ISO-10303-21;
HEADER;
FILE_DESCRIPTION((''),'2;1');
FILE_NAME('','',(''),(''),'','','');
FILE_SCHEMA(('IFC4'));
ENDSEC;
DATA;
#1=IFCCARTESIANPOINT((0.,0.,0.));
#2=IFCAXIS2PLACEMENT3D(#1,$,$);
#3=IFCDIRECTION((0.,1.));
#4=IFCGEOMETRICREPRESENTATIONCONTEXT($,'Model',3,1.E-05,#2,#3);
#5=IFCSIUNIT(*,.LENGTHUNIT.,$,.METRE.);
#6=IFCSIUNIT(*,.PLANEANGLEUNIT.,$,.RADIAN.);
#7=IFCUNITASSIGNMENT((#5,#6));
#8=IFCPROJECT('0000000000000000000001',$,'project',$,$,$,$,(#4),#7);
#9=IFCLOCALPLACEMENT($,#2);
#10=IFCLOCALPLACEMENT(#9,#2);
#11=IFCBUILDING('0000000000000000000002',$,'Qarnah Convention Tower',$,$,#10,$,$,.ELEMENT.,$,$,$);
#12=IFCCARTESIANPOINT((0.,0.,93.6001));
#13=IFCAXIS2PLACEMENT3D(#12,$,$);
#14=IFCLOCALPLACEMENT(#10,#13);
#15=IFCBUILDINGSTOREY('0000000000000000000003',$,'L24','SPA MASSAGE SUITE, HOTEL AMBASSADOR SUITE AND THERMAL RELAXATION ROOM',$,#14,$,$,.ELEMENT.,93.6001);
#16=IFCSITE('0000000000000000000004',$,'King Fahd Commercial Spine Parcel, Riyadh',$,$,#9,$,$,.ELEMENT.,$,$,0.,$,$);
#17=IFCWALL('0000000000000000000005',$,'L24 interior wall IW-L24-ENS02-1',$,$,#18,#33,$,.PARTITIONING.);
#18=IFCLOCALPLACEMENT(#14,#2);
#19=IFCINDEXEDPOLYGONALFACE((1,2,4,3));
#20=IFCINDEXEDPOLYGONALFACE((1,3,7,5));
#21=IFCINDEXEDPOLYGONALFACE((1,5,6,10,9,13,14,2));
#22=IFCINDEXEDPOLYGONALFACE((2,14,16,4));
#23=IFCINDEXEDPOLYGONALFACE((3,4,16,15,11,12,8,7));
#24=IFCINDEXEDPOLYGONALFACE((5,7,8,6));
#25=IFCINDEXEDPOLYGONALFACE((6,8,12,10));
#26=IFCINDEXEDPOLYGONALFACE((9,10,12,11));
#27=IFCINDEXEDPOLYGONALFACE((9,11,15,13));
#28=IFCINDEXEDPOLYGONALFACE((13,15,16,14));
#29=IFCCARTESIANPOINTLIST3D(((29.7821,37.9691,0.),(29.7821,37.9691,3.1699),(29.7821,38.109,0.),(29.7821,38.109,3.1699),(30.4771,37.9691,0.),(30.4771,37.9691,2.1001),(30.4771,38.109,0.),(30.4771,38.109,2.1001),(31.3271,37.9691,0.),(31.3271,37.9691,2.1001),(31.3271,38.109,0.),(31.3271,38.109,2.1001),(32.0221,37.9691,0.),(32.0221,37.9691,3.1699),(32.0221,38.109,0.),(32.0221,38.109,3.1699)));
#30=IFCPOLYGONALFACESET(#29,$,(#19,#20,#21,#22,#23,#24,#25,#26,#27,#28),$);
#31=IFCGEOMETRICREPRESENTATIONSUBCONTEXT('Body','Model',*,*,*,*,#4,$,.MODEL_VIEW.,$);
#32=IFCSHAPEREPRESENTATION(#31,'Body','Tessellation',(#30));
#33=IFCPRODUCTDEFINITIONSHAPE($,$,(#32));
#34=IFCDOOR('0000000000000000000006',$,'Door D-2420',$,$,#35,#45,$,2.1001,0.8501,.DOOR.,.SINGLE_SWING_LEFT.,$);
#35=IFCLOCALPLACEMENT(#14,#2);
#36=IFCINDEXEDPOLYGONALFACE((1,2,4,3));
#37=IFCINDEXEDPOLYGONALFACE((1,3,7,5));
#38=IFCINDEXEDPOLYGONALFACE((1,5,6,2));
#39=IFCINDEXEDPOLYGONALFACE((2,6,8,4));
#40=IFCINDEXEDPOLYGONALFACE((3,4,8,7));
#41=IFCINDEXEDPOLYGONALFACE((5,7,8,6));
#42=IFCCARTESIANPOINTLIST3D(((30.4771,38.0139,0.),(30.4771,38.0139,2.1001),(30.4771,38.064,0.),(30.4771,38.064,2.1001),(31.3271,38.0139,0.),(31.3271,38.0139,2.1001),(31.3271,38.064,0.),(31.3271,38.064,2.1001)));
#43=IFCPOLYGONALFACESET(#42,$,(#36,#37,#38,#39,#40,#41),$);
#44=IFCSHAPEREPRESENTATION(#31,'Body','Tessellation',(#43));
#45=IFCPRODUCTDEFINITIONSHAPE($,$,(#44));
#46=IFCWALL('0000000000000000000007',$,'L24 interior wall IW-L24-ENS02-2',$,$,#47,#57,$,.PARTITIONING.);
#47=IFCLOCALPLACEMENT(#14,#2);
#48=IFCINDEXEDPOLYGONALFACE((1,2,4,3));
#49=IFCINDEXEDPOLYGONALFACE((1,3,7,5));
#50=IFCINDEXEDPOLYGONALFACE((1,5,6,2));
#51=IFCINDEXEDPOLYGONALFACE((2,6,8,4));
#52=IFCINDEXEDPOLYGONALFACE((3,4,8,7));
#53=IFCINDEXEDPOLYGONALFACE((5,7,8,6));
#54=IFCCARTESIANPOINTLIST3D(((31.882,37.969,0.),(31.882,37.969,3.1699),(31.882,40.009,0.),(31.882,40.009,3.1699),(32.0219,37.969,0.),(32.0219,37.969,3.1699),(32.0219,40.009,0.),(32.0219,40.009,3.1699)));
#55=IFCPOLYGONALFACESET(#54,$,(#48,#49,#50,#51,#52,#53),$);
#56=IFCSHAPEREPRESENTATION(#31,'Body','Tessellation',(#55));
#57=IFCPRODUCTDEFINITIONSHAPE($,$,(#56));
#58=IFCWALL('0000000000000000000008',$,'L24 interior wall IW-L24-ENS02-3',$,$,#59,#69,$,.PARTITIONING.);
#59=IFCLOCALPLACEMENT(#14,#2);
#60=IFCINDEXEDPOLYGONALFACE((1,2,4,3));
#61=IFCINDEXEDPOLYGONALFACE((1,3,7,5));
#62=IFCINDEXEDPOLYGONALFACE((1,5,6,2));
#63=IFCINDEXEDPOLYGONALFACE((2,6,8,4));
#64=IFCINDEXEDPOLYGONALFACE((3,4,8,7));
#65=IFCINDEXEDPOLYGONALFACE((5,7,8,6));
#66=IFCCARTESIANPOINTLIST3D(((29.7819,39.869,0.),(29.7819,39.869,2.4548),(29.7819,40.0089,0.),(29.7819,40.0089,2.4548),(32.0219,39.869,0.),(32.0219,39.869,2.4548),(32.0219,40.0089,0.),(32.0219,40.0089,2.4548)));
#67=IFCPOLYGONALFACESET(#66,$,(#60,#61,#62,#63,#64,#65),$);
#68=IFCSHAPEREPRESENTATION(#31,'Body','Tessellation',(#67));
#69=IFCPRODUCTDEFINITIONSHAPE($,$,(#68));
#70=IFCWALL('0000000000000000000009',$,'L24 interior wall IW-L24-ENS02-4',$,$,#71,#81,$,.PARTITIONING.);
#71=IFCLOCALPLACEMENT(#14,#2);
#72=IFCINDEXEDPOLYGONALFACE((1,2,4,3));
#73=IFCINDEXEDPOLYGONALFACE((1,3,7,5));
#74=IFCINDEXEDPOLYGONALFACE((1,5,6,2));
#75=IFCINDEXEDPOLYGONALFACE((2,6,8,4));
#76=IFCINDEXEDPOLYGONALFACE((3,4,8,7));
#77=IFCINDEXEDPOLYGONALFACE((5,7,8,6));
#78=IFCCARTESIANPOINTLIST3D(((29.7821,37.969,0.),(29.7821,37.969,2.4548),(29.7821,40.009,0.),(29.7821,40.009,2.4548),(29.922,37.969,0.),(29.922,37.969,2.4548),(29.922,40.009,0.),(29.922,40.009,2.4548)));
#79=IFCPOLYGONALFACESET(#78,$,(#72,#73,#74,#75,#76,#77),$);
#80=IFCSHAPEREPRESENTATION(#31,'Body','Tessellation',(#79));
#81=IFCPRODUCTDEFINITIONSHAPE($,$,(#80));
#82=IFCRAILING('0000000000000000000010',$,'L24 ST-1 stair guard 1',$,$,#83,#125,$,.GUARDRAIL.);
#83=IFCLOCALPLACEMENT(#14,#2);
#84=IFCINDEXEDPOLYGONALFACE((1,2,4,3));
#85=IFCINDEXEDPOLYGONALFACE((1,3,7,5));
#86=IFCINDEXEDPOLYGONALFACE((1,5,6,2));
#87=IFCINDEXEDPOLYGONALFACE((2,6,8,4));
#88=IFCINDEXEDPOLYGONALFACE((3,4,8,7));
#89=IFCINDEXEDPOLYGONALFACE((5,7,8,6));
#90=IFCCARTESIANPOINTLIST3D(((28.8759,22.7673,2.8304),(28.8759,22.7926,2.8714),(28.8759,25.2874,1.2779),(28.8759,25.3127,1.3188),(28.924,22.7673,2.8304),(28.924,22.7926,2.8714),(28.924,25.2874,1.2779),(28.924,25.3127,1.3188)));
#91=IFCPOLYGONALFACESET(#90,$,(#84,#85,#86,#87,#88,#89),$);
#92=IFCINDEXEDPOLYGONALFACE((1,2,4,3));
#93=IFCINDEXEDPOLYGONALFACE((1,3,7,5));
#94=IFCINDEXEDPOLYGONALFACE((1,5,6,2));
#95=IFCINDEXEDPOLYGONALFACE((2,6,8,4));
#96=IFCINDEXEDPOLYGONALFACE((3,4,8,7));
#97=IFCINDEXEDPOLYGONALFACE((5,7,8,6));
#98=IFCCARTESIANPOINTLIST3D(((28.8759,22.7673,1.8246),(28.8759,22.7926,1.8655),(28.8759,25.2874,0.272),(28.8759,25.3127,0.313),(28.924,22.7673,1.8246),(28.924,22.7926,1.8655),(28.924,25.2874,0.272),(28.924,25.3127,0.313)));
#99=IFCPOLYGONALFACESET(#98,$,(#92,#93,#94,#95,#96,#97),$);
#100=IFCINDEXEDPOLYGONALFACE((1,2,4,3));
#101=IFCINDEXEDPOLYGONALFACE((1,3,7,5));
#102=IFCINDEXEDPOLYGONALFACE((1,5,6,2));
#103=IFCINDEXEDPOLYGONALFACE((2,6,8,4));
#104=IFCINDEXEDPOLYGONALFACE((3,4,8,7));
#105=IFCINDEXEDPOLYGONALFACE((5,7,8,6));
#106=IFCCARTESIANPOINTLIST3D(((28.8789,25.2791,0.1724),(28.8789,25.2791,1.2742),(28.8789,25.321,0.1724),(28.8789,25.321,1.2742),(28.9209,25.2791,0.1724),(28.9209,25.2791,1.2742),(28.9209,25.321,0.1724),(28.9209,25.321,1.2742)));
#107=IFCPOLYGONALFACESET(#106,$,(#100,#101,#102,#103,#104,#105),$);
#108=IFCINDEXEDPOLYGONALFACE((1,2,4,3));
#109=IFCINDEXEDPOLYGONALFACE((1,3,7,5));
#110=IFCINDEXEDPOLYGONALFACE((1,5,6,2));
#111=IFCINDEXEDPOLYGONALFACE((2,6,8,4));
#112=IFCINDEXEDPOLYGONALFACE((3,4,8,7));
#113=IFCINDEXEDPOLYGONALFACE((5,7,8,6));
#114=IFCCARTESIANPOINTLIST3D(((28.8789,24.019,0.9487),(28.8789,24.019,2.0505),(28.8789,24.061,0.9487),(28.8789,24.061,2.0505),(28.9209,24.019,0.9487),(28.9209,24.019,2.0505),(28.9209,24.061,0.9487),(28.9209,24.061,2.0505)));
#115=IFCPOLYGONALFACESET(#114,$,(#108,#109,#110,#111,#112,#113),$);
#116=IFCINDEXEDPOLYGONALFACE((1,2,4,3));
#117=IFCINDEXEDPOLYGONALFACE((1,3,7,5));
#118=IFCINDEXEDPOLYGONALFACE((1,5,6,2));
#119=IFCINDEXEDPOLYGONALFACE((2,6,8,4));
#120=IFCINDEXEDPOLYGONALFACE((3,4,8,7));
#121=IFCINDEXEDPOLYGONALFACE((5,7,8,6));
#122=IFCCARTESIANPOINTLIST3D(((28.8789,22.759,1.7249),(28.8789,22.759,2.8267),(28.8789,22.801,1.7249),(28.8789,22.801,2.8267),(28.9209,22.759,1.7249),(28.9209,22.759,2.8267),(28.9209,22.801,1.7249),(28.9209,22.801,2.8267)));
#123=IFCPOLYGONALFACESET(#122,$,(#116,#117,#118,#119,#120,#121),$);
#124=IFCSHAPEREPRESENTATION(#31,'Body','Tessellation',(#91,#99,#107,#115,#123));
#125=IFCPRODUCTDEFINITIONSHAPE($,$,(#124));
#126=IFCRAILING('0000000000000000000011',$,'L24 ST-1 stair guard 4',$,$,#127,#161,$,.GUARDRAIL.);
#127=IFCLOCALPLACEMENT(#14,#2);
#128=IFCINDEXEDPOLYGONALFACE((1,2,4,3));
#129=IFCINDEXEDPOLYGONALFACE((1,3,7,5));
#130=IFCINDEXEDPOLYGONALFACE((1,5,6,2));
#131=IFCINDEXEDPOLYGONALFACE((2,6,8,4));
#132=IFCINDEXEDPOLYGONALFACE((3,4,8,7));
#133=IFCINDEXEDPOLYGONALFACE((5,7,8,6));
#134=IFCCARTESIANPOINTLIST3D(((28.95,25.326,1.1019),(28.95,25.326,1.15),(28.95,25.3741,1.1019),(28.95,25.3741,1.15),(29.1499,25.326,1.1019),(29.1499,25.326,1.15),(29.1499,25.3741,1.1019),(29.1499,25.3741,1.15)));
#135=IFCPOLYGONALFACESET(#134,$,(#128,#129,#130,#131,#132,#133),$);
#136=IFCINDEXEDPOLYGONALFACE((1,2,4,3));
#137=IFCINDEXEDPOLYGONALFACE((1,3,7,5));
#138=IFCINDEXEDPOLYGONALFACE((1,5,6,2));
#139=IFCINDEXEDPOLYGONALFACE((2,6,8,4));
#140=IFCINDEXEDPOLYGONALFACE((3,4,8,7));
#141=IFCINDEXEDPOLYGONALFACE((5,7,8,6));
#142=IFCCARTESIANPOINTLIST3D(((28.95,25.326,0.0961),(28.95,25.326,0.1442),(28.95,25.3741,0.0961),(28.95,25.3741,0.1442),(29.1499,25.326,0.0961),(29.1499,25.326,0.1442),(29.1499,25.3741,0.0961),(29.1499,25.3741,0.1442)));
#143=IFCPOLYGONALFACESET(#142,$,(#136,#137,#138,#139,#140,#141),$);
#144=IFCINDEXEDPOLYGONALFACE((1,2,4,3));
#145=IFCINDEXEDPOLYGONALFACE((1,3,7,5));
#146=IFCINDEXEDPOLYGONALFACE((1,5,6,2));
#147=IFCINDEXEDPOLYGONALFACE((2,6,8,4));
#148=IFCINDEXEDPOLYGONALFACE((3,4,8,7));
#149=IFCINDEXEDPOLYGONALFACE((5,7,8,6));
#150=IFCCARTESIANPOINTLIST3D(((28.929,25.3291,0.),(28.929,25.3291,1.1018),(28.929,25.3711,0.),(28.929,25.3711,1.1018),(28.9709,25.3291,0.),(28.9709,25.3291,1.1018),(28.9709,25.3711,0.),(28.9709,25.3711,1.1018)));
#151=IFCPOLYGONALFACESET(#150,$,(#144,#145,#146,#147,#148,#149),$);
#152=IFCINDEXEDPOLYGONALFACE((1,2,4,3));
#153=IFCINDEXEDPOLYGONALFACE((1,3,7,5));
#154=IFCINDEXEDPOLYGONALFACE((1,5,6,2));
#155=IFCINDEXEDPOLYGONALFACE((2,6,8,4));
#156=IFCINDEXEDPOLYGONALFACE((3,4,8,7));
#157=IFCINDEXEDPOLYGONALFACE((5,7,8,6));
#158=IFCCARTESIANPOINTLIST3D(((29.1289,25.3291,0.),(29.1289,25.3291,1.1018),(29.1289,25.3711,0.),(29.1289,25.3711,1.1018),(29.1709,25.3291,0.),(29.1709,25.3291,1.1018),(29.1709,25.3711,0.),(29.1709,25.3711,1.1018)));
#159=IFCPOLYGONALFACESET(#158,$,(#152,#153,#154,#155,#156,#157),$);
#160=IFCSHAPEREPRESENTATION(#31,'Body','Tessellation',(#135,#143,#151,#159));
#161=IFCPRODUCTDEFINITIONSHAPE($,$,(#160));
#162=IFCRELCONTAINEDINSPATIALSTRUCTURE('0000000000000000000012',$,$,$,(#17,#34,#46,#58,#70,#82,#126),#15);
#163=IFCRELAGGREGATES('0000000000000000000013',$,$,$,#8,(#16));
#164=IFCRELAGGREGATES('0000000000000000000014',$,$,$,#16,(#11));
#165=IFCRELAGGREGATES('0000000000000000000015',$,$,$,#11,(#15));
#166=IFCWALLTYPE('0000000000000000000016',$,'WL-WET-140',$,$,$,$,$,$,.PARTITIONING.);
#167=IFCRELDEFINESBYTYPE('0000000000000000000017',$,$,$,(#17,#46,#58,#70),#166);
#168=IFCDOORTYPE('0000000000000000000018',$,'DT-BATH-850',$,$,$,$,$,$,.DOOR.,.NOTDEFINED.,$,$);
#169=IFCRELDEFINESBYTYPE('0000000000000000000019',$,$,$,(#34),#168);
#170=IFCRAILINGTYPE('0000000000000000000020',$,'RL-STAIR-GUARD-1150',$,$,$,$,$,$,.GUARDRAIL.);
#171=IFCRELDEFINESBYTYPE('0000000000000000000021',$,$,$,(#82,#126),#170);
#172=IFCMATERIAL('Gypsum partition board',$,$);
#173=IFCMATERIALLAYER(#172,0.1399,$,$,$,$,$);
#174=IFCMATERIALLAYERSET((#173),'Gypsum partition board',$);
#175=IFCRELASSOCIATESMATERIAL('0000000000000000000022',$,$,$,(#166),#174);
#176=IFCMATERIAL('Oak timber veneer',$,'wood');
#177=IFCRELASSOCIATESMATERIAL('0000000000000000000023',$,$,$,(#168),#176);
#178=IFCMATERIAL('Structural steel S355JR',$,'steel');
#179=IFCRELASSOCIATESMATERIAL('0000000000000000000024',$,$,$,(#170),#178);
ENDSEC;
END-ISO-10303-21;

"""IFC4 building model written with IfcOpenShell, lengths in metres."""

from ifc_helpers import new_model, si_unit, direction, frame, frame_2d, origin, origin_2d, place, context, subcontext, project, spatial, rectangle, extrude, material, layer, layer_set, type_object, element, fill, save


model = new_model("IFC4")

# Units and contexts
model_context = context("Model", 3, precision=1e-05, world=origin(), true_north=direction((0.0, 1.0)))
body_context = subcontext(model_context, "Body", "Model", "MODEL_VIEW")
ifc_project = project(units=[si_unit("LENGTHUNIT", "METRE"), si_unit("PLANEANGLEUNIT", "RADIAN")], contexts=[model_context])

# Site, building, storey
site_placement = place(None, origin())
site = spatial("IfcSite", under=ifc_project, at=site_placement, Name="King Fahd Commercial Spine Parcel, Riyadh", CompositionType="ELEMENT", RefElevation=0.0)
building_placement = place(site_placement, origin())
building = spatial("IfcBuilding", under=site, at=building_placement, Name="Qarnah Convention Tower", CompositionType="ELEMENT")
storey_placement = place(building_placement, frame((0.0, 0.0, 93.6001)))
storey = spatial("IfcBuildingStorey", under=building, at=storey_placement, Name="L24", Description="SPA MASSAGE SUITE, HOTEL AMBASSADOR SUITE AND THERMAL RELAXATION ROOM", CompositionType="ELEMENT", Elevation=93.6001)

# Shared definitions
ifc_material_1 = material(Name="Structural steel S355JR", Category="steel")

# Shared definitions
ifc_material_2 = material(Name="Gypsum partition board")
ifc_material_3 = material(Name="Oak timber veneer", Category="wood")

# Wall, opening, door
ifc_layer_1 = layer(ifc_material_2, 0.1399)
ifc_layer_set_1 = layer_set([ifc_layer_1], Name="Gypsum partition board")
wall_type_1 = type_object("IfcWallType", Name="WL-WET-140", PredefinedType="PARTITIONING", material=ifc_layer_set_1)
wall_1_placement = place(storey_placement, frame((29.782, 38.0391, 0.0), z_axis=(0.0, 0.0, 1.0), x_axis=(1.0, 0.0, 0.0)))
wall_1 = element("IfcWall", 1, at=wall_1_placement, inside=storey, type_object=wall_type_1, Name="L24 interior wall IW-L24-ENS02-1", PredefinedType="PARTITIONING", context=body_context, shape_type="SweptSolid", body=[
    extrude(rectangle(XDim=2.24, YDim=0.1399, at=frame_2d((1.1201, 0.0))), origin(), (0.0, 0.0, 1.0), 3.1699),
])
opening_1_placement = place(wall_1_placement, frame((0.6951, 0.0, 0.0)))
opening_1 = element("IfcOpeningElement", 2, at=opening_1_placement, cuts=wall_1, PredefinedType="OPENING", context=body_context, shape_type="SweptSolid", body=[
    extrude(rectangle(XDim=0.8501, YDim=2.1001, at=frame_2d((0.425, 1.05))), frame((0.0, 0.0798, 0.0), z_axis=(0.0, -1.0, 0.0), x_axis=(1.0, 0.0, 0.0)), (0.0, 0.0, 1.0), 0.1599),
])
door_type_1 = type_object("IfcDoorType", Name="DT-BATH-850", OperationType="NOTDEFINED", PredefinedType="DOOR", material=ifc_material_3)
door_1_placement = place(opening_1_placement, origin())
door_1 = element("IfcDoor", 3, at=door_1_placement, inside=storey, type_object=door_type_1, Name="Door D-2420", OperationType="SINGLE_SWING_LEFT", OverallHeight=2.1001, OverallWidth=0.8501, PredefinedType="DOOR", context=body_context, shape_type="SweptSolid", body=[
    extrude(rectangle(XDim=0.8501, YDim=2.1001, at=frame_2d((0.425, 1.05))), frame((0.0, 0.0249, 0.0), z_axis=(0.0, -1.0, 0.0), x_axis=(1.0, 0.0, 0.0)), (0.0, 0.0, 1.0), 0.05),
])
fill(opening_1, door_1)

# Walls
wall_2_placement = place(storey_placement, frame((31.9519, 37.969, 0.0), z_axis=(0.0, 0.0, 1.0), x_axis=(0.0, 1.0, 0.0)))
element("IfcWall", 4, at=wall_2_placement, inside=storey, type_object=wall_type_1, Name="L24 interior wall IW-L24-ENS02-2", PredefinedType="PARTITIONING", context=body_context, shape_type="SweptSolid", body=[
    extrude(rectangle(XDim=2.04, YDim=0.1399, at=frame_2d((1.02, 0.0))), origin(), (0.0, 0.0, 1.0), 3.1699),
])
wall_3_placement = place(storey_placement, frame((32.022, 39.939, 0.0), z_axis=(0.0, 0.0, 1.0), x_axis=(-1.0, 0.0, 0.0)))
element("IfcWall", 5, at=wall_3_placement, inside=storey, type_object=wall_type_1, Name="L24 interior wall IW-L24-ENS02-3", PredefinedType="PARTITIONING", context=body_context, shape_type="SweptSolid", body=[
    extrude(rectangle(XDim=2.24, YDim=0.1399, at=frame_2d((1.1201, 0.0))), origin(), (0.0, 0.0, 1.0), 2.4548),
])
wall_4_placement = place(storey_placement, frame((29.8521, 40.009, 0.0), z_axis=(0.0, 0.0, 1.0), x_axis=(0.0, -1.0, 0.0)))
element("IfcWall", 6, at=wall_4_placement, inside=storey, type_object=wall_type_1, Name="L24 interior wall IW-L24-ENS02-4", PredefinedType="PARTITIONING", context=body_context, shape_type="SweptSolid", body=[
    extrude(rectangle(XDim=2.04, YDim=0.1399, at=frame_2d((1.02, 0.0))), origin(), (0.0, 0.0, 1.0), 2.4548),
])

# Railings
railing_type = type_object("IfcRailingType", Name="RL-STAIR-GUARD-1150", PredefinedType="GUARDRAIL", material=ifc_material_1)
railing_1_placement = place(storey_placement, frame((28.8999, 25.3, 0.1724)))
element("IfcRailing", 7, at=railing_1_placement, inside=storey, type_object=railing_type, Name="L24 ST-1 stair guard 1", PredefinedType="GUARDRAIL", context=body_context, shape_type="SweptSolid", body=[
    extrude(rectangle(XDim=0.0481, YDim=0.0481, at=origin_2d()), frame((0.0, 0.0, 1.126), z_axis=(0.0, -0.8514, 0.524516), x_axis=(1.0, 0.0, 0.0)), (0.0, 0.0, 1.0), 2.96),
    extrude(rectangle(XDim=0.0481, YDim=0.0481, at=origin_2d()), frame((0.0, 0.0, 0.1201), z_axis=(0.0, -0.8514, 0.524516), x_axis=(1.0, 0.0, 0.0)), (0.0, 0.0, 1.0), 2.96),
    extrude(rectangle(XDim=0.042, YDim=0.042, at=origin_2d()), origin(), (0.0, 0.0, 1.0), 1.1018),
    extrude(rectangle(XDim=0.042, YDim=0.042, at=origin_2d()), frame((0.0, -1.26, 0.7764)), (0.0, 0.0, 1.0), 1.1018),
    extrude(rectangle(XDim=0.042, YDim=0.042, at=origin_2d()), frame((0.0, -2.52, 1.5525)), (0.0, 0.0, 1.0), 1.1018),
])
railing_2_placement = place(storey_placement, frame((28.95, 25.3501, 0.0)))
element("IfcRailing", 8, at=railing_2_placement, inside=storey, type_object=railing_type, Name="L24 ST-1 stair guard 4", PredefinedType="GUARDRAIL", context=body_context, shape_type="SweptSolid", body=[
    extrude(rectangle(XDim=0.0481, YDim=0.0481, at=origin_2d()), frame((0.0, 0.0, 1.126), z_axis=(1.0, 0.0, 0.0), x_axis=(0.0, 1.0, 0.0)), (0.0, 0.0, 1.0), 0.2),
    extrude(rectangle(XDim=0.0481, YDim=0.0481, at=origin_2d()), frame((0.0, 0.0, 0.1201), z_axis=(1.0, 0.0, 0.0), x_axis=(0.0, 1.0, 0.0)), (0.0, 0.0, 1.0), 0.2),
    extrude(rectangle(XDim=0.042, YDim=0.042, at=origin_2d()), origin(), (0.0, 0.0, 1.0), 1.1018),
    extrude(rectangle(XDim=0.042, YDim=0.042, at=origin_2d()), frame((0.2, 0.0, 0.0)), (0.0, 0.0, 1.0), 1.1018),
])

save(model, "model.ifc")
